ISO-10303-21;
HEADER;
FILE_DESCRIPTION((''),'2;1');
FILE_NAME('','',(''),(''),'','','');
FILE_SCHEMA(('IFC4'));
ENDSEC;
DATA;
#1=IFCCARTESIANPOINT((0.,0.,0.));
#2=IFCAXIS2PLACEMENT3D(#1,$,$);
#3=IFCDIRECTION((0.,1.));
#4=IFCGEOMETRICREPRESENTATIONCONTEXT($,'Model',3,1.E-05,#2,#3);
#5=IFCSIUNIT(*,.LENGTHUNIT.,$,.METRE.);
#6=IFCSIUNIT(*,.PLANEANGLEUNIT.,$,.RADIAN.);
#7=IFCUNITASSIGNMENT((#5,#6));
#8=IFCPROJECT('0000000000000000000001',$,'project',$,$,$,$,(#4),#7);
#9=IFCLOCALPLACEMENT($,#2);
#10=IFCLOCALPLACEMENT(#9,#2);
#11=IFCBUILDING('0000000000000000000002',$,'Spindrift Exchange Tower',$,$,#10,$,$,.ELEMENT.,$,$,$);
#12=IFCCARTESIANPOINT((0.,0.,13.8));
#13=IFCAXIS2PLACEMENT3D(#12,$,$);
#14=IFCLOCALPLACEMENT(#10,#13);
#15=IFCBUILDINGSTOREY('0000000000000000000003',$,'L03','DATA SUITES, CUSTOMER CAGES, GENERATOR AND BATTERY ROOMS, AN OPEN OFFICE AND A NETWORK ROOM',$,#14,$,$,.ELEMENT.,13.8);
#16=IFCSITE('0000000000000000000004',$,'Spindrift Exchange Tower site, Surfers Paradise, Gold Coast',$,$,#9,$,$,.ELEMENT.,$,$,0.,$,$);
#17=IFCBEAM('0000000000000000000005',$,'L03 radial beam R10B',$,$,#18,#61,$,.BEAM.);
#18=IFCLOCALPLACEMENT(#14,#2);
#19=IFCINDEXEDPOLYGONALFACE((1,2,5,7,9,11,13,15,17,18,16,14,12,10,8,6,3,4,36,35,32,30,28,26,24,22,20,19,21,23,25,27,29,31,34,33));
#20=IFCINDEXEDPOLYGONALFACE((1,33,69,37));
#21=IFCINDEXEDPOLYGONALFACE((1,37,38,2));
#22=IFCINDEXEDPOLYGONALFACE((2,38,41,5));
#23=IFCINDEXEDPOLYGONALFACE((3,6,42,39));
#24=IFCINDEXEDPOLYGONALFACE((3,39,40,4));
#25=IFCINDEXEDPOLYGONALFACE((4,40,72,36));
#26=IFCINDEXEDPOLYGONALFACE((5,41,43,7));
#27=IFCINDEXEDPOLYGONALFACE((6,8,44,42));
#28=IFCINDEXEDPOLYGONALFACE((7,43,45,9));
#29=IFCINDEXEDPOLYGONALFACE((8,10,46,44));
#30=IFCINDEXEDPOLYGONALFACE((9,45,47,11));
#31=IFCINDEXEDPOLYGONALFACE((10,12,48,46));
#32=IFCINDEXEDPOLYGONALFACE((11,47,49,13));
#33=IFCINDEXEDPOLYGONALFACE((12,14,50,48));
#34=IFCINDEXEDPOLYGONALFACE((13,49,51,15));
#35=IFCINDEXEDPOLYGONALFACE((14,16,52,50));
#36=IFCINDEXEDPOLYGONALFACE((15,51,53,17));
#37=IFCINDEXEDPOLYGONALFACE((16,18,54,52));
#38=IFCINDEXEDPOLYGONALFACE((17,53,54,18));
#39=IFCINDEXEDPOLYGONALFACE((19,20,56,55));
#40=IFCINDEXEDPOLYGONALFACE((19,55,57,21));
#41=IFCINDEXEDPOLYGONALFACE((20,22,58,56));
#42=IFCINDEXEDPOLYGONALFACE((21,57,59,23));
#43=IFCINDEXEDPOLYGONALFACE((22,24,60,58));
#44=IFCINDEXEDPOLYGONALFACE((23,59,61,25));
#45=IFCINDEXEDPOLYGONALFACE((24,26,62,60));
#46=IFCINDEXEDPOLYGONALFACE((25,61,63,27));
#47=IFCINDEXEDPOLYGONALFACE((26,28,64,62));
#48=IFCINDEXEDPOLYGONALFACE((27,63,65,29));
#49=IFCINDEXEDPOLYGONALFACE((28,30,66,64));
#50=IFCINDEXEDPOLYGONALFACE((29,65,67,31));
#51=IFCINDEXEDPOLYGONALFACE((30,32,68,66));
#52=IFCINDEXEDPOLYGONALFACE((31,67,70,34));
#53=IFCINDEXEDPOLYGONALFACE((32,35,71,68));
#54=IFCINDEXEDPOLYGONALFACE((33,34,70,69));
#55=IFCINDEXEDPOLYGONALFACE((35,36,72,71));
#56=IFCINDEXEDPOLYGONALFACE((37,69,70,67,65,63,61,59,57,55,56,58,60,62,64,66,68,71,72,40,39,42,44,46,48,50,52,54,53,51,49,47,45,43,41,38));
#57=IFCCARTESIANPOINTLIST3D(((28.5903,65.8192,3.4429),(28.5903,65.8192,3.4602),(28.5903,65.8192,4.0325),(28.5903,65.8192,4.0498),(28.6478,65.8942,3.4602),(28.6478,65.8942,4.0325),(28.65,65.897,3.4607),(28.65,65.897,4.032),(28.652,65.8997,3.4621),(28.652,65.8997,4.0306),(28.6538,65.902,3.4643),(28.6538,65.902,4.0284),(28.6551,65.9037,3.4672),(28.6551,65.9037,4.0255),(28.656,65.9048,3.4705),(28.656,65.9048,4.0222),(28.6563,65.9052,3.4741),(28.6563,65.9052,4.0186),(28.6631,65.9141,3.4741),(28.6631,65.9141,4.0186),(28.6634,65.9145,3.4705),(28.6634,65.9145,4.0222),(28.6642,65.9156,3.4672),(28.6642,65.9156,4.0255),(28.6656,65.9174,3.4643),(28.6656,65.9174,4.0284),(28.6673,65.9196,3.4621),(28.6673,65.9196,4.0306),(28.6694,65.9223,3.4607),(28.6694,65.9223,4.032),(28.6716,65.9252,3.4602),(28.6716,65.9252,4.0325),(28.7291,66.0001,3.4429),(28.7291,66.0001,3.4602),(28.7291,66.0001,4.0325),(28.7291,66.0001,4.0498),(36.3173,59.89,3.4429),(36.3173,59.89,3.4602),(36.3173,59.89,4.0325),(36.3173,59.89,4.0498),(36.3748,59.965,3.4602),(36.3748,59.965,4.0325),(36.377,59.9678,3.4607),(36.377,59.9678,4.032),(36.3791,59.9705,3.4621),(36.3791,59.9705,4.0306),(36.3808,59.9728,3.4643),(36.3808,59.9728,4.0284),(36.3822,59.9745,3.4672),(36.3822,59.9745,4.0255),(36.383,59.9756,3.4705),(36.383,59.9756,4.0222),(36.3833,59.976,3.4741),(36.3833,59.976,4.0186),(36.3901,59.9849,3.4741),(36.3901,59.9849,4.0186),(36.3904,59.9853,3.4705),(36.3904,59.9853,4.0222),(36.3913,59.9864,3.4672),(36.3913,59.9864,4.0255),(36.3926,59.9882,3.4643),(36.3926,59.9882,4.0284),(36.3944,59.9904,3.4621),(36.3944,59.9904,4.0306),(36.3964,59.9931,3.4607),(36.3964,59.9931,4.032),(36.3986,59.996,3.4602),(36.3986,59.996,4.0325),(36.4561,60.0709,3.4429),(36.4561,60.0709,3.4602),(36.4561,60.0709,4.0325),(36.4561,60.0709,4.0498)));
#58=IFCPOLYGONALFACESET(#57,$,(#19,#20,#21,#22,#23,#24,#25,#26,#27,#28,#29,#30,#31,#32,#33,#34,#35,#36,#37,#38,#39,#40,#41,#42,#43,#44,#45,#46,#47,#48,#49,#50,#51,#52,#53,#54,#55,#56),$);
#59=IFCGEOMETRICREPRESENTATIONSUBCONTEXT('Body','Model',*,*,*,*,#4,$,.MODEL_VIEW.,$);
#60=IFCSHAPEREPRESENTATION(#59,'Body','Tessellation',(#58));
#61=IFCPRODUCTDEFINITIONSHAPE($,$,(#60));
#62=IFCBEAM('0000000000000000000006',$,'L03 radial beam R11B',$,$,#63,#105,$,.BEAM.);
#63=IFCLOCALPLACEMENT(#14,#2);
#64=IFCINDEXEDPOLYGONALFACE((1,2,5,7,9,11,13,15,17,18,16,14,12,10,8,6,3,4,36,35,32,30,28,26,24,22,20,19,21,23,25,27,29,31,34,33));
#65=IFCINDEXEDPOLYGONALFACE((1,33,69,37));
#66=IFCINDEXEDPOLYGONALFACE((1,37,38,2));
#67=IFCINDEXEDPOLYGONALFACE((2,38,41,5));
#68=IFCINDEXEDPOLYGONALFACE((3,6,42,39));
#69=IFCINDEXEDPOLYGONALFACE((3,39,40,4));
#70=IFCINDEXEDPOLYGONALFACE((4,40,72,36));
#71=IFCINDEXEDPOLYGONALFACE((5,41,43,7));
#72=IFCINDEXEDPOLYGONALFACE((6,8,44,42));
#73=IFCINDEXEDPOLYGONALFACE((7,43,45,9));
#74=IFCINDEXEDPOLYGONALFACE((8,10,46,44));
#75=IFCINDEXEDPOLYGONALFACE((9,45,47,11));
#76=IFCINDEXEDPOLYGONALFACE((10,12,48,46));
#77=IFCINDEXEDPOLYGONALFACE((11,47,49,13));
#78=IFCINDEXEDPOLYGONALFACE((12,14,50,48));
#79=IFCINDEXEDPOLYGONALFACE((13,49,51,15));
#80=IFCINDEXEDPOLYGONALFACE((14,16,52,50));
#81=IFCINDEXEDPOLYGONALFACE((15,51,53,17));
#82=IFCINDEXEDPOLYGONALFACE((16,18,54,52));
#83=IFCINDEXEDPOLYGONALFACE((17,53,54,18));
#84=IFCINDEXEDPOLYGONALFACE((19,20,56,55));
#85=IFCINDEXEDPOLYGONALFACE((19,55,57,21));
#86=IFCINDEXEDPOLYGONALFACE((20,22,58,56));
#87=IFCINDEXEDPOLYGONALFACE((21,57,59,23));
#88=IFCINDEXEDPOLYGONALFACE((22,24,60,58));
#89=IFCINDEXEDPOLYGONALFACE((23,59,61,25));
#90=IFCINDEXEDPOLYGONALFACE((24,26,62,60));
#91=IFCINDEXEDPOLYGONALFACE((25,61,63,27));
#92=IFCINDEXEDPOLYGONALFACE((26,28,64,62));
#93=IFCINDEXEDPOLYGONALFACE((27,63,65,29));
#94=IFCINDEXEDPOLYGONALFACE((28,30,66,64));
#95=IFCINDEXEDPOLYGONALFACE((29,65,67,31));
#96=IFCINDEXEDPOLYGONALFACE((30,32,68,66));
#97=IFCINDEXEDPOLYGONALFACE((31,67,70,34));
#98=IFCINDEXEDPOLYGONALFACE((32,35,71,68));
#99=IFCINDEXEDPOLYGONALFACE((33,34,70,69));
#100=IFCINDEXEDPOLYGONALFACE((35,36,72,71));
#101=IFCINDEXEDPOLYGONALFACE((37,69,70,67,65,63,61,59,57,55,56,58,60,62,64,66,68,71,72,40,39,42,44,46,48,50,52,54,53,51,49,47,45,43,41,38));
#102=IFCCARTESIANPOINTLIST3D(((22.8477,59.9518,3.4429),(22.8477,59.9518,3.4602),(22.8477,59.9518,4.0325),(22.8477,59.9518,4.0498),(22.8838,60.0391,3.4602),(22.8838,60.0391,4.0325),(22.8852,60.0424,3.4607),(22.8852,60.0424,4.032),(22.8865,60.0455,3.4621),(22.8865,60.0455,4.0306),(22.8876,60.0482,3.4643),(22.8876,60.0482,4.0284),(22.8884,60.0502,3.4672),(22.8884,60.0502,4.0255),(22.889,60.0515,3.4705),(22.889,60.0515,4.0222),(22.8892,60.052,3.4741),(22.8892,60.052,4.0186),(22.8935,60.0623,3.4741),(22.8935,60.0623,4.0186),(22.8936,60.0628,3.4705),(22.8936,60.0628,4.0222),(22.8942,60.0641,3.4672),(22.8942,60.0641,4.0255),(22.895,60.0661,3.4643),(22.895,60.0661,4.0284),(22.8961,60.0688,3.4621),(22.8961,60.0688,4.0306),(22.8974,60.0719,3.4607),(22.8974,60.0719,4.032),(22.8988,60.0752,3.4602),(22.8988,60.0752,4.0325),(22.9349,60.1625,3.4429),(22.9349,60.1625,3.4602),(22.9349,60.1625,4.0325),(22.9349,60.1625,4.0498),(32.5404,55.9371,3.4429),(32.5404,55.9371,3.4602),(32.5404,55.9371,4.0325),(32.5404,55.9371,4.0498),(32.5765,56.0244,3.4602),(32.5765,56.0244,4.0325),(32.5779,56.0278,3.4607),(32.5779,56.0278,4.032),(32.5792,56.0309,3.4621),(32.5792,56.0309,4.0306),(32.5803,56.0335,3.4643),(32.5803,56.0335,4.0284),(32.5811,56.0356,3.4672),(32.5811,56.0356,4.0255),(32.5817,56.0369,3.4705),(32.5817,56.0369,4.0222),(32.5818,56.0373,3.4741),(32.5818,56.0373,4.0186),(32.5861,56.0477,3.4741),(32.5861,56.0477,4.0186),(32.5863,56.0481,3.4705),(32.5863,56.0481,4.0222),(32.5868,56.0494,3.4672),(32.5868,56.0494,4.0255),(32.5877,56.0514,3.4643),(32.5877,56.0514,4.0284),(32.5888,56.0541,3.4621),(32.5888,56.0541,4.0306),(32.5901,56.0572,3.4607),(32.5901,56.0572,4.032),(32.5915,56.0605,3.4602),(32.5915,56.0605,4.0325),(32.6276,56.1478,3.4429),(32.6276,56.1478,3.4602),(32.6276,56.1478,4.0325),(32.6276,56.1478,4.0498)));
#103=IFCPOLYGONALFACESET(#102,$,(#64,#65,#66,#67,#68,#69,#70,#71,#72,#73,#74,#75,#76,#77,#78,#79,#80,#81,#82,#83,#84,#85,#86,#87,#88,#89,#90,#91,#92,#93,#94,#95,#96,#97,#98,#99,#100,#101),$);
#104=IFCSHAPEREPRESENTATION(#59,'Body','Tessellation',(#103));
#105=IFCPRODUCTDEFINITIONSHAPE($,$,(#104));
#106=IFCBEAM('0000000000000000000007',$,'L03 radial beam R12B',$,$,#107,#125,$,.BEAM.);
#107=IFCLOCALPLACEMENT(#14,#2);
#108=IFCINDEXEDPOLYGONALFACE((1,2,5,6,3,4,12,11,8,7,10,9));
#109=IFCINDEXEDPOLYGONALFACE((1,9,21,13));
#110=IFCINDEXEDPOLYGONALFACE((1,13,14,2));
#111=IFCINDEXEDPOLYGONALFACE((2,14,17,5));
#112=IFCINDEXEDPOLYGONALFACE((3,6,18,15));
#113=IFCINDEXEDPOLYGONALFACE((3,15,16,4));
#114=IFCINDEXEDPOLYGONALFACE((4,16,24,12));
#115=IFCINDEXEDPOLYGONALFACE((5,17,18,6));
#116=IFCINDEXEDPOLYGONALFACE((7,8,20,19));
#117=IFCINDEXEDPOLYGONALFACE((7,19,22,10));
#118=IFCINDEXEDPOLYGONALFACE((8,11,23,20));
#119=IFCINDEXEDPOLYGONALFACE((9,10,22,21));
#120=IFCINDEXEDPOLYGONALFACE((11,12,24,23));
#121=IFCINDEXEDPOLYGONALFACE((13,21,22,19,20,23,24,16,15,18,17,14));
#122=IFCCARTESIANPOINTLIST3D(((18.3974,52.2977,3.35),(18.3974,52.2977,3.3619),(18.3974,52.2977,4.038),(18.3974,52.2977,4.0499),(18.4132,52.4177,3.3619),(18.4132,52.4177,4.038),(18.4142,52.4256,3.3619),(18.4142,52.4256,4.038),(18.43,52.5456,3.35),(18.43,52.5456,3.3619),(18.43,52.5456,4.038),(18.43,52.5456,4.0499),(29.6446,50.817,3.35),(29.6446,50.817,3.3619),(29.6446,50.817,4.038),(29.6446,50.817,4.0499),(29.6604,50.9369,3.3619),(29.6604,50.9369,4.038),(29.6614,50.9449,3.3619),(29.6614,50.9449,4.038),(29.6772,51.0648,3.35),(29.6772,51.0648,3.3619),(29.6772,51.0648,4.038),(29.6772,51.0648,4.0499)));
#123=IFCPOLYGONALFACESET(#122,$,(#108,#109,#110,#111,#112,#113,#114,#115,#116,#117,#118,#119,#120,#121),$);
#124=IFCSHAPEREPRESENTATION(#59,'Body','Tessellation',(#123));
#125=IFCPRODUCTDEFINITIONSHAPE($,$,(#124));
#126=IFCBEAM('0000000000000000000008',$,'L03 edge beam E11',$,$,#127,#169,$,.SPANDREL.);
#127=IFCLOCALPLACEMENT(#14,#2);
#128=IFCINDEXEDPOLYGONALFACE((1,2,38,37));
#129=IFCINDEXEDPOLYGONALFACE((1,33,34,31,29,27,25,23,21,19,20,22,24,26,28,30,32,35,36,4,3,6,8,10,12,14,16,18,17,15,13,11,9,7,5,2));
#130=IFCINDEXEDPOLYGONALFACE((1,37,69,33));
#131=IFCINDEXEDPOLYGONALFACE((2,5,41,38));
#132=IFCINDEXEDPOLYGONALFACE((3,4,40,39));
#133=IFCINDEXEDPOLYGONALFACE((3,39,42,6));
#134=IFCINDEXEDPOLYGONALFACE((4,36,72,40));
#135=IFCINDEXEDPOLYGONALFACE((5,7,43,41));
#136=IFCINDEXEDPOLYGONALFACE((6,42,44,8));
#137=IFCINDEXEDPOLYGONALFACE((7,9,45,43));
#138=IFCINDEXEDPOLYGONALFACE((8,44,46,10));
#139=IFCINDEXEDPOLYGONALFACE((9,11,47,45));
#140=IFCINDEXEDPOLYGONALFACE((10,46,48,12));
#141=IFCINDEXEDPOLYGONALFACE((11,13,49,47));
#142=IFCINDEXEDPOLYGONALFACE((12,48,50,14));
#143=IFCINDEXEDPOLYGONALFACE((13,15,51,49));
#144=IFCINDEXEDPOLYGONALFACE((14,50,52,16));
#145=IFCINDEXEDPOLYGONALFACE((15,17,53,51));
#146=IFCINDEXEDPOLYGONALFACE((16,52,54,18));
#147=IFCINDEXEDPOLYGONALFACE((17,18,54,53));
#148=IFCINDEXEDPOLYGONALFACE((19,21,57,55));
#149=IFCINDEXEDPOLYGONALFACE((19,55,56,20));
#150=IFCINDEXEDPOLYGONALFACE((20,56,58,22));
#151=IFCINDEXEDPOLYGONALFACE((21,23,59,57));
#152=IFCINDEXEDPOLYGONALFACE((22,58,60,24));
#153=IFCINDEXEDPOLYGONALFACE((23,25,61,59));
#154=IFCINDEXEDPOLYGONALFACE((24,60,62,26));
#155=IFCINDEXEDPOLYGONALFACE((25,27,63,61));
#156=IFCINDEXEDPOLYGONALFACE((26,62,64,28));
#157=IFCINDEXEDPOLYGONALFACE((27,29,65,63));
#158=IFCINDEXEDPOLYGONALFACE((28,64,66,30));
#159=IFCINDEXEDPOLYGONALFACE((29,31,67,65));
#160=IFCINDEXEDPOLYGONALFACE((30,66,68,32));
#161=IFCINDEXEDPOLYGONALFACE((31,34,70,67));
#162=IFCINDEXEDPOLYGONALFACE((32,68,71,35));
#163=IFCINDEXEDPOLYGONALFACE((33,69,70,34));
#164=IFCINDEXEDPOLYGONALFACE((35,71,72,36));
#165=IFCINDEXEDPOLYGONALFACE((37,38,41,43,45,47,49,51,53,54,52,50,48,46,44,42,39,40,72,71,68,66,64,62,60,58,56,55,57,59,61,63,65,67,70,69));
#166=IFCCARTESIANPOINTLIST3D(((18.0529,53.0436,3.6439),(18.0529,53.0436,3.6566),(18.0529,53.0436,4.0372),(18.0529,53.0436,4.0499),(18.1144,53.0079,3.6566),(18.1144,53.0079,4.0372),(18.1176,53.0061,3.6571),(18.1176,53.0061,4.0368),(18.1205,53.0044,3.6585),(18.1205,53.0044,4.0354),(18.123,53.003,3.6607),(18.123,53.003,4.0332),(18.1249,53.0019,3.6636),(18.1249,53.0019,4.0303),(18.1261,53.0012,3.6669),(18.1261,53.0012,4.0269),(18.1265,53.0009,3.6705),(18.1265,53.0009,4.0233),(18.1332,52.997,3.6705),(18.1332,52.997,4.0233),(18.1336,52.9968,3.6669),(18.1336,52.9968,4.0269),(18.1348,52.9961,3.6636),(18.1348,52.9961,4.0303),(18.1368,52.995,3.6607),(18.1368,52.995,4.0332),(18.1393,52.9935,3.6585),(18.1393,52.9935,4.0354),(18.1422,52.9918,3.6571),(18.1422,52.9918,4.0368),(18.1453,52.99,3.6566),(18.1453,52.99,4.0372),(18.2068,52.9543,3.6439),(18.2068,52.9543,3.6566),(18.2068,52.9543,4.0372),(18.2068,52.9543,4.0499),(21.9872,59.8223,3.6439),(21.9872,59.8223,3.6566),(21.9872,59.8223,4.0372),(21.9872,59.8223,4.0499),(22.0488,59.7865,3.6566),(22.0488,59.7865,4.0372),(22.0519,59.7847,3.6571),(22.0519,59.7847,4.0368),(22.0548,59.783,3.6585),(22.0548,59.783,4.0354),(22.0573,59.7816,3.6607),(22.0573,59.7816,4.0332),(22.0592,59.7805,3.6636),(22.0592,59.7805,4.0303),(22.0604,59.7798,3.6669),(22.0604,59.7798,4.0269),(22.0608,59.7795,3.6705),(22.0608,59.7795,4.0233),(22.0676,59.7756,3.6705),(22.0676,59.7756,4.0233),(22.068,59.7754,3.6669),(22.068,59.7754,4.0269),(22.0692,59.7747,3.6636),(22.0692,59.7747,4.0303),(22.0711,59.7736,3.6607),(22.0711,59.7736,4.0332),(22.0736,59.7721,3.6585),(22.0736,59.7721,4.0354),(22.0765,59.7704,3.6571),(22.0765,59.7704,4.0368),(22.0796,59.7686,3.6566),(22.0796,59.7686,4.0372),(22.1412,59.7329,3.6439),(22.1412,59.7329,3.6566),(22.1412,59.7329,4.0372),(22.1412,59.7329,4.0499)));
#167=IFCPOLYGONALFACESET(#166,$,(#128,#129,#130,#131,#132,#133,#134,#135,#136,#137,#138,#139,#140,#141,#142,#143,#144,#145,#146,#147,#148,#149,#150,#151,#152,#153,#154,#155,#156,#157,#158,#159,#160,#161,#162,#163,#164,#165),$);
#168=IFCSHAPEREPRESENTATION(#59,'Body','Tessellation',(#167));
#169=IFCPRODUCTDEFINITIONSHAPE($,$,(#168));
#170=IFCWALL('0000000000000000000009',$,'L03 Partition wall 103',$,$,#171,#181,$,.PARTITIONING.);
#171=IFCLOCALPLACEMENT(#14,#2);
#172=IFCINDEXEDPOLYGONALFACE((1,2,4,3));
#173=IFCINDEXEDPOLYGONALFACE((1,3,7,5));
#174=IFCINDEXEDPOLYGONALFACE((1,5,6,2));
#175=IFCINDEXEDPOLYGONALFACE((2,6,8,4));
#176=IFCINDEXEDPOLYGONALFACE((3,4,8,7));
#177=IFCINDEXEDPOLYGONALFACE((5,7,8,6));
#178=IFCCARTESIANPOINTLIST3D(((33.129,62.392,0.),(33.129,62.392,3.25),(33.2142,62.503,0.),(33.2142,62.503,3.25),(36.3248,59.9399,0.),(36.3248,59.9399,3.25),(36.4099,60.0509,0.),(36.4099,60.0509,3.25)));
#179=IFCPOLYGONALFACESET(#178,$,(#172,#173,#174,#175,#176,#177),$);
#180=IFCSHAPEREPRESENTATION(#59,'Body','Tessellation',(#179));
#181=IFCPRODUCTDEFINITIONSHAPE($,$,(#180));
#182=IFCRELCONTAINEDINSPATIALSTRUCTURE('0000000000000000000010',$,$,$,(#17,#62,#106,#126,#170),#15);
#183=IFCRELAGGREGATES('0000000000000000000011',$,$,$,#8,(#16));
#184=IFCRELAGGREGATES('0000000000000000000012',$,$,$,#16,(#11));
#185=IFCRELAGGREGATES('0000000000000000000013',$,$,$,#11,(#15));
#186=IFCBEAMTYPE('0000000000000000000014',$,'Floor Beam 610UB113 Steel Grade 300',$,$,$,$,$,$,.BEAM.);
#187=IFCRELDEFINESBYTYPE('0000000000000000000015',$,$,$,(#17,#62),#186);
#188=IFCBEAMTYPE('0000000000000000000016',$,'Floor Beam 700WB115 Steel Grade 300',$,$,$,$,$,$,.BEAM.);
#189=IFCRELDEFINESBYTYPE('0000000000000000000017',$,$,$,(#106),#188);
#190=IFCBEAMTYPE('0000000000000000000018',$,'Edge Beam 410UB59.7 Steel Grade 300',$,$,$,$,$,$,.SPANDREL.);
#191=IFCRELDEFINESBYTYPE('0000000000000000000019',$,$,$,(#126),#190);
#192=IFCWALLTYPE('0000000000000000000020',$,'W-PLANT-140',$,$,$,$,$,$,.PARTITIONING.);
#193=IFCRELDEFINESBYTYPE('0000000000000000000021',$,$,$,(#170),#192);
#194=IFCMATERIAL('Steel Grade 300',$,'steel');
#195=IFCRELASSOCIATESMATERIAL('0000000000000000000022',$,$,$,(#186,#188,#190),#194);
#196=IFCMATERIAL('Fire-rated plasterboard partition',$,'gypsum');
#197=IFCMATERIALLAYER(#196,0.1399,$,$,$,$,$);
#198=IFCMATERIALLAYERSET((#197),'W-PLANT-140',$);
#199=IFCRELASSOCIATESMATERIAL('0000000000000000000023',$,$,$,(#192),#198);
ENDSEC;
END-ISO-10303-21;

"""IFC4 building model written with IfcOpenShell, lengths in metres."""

from ifc_helpers import new_model, si_unit, direction, frame, frame_2d, origin, origin_2d, place, context, subcontext, project, spatial, rectangle, i_section, extrude, source, transform, mapped, material, layer, layer_set, material_profile, profile_set, type_object, element, save


model = new_model("IFC4")

# Units and contexts
model_context = context("Model", 3, precision=1e-05, world=origin(), true_north=direction((0.0, 1.0)))
body_context = subcontext(model_context, "Body", "Model", "MODEL_VIEW")
ifc_project = project(units=[si_unit("LENGTHUNIT", "METRE"), si_unit("PLANEANGLEUNIT", "RADIAN")], contexts=[model_context])

# Site, building, storey
site_placement = place(None, origin())
site = spatial("IfcSite", under=ifc_project, at=site_placement, Name="Spindrift Exchange Tower site, Surfers Paradise, Gold Coast", CompositionType="ELEMENT", RefElevation=0.0)
building_placement = place(site_placement, origin())
building = spatial("IfcBuilding", under=site, at=building_placement, Name="Spindrift Exchange Tower", CompositionType="ELEMENT")
storey_placement = place(building_placement, frame((0.0, 0.0, 13.8)))
storey = spatial("IfcBuildingStorey", under=building, at=storey_placement, Name="L03", Description="DATA SUITES, CUSTOMER CAGES, GENERATOR AND BATTERY ROOMS, AN OPEN OFFICE AND A NETWORK ROOM", CompositionType="ELEMENT", Elevation=13.8)

# Beams
ifc_material_1 = material(Name="Steel Grade 300", Category="steel")
ifc_material_profile_1 = material_profile(ifc_material_1, i_section(OverallWidth=0.228, OverallDepth=0.6069, WebThickness=0.0112, FlangeThickness=0.0173, FilletRadius=0.0139, at=origin_2d()), Name="610UB113")
ifc_profile_set_1 = profile_set([ifc_material_profile_1], Name="Steel Grade 300")
beam_type_1 = type_object("IfcBeamType", Name="Floor Beam 610UB113 Steel Grade 300", PredefinedType="BEAM", material=ifc_profile_set_1)
shared_shape_1 = source(origin(), body_context, "Body", "SweptSolid", [
    extrude(i_section(OverallWidth=0.228, OverallDepth=0.6069, WebThickness=0.0112, FlangeThickness=0.0173, FilletRadius=0.0139, at=origin_2d()), origin(), (0.0, 0.0, 1.0), 9.7397),
])
beam_1_placement = place(storey_placement, frame((36.3867, 59.9805, 3.7463), z_axis=(-0.793352, 0.608763, 0.0), x_axis=(-0.608763, -0.793352, 0.0)))
element("IfcBeam", 1, at=beam_1_placement, inside=storey, type_object=beam_type_1, Name="L03 radial beam R10B", PredefinedType="BEAM", context=body_context, shape_type="MappedRepresentation", body=[
    mapped(shared_shape_1, transform((0.0, 0.0, 0.0), scale=1.0)),
])
shared_shape_2 = source(origin(), body_context, "Body", "SweptSolid", [
    extrude(i_section(OverallWidth=0.228, OverallDepth=0.6069, WebThickness=0.0112, FlangeThickness=0.0173, FilletRadius=0.0139, at=origin_2d()), origin(), (0.0, 0.0, 1.0), 10.4912),
])
beam_2_placement = place(storey_placement, frame((32.584, 56.0425, 3.7463), z_axis=(-0.923885, 0.38267, 0.0), x_axis=(-0.38267, -0.923885, 0.0)))
element("IfcBeam", 2, at=beam_2_placement, inside=storey, type_object=beam_type_1, Name="L03 radial beam R11B", PredefinedType="BEAM", context=body_context, shape_type="MappedRepresentation", body=[
    mapped(shared_shape_2, transform((0.0, 0.0, 0.0), scale=1.0)),
])
ifc_material_profile_2 = material_profile(ifc_material_1, i_section(OverallWidth=0.25, OverallDepth=0.7, WebThickness=0.0081, FlangeThickness=0.012, at=origin_2d()), Name="700WB115")
ifc_profile_set_2 = profile_set([ifc_material_profile_2], Name="Steel Grade 300")
beam_type_2 = type_object("IfcBeamType", Name="Floor Beam 700WB115 Steel Grade 300", PredefinedType="BEAM", material=ifc_profile_set_2)
shared_shape_3 = source(origin(), body_context, "Body", "SweptSolid", [
    extrude(i_section(OverallWidth=0.25, OverallDepth=0.7, WebThickness=0.0081, FlangeThickness=0.012, at=origin_2d()), origin(), (0.0, 0.0, 1.0), 11.3442),
])
beam_3_placement = place(storey_placement, frame((29.6609, 50.9409, 3.7), z_axis=(-0.991445, 0.130527, 0.0), x_axis=(-0.130527, -0.991445, 0.0)))
element("IfcBeam", 3, at=beam_3_placement, inside=storey, type_object=beam_type_2, Name="L03 radial beam R12B", PredefinedType="BEAM", context=body_context, shape_type="MappedRepresentation", body=[
    mapped(shared_shape_3, transform((0.0, 0.0, 0.0), scale=1.0)),
])
ifc_material_profile_3 = material_profile(ifc_material_1, i_section(OverallWidth=0.178, OverallDepth=0.406, WebThickness=0.0078, FlangeThickness=0.0127, FilletRadius=0.0139, at=origin_2d()), Name="410UB59.7")
ifc_profile_set_3 = profile_set([ifc_material_profile_3], Name="Steel Grade 300")
beam_type_3 = type_object("IfcBeamType", Name="Edge Beam 410UB59.7 Steel Grade 300", PredefinedType="SPANDREL", material=ifc_profile_set_3)
shared_shape_4 = source(origin(), body_context, "Body", "SweptSolid", [
    extrude(i_section(OverallWidth=0.178, OverallDepth=0.406, WebThickness=0.0078, FlangeThickness=0.0127, FilletRadius=0.0139, at=origin_2d()), origin(), (0.0, 0.0, 1.0), 7.8376),
])
beam_4_placement = place(storey_placement, frame((22.0642, 59.7776, 3.8469), z_axis=(-0.501981, -0.864878, 0.0), x_axis=(0.864878, -0.501981, 0.0)))
element("IfcBeam", 4, at=beam_4_placement, inside=storey, type_object=beam_type_3, Name="L03 edge beam E11", PredefinedType="SPANDREL", context=body_context, shape_type="MappedRepresentation", body=[
    mapped(shared_shape_4, transform((0.0, 0.0, 0.0), scale=1.0)),
])

# Wall
ifc_material_2 = material(Name="Fire-rated plasterboard partition", Category="gypsum")
ifc_layer = layer(ifc_material_2, 0.1399)
ifc_layer_set = layer_set([ifc_layer], Name="W-PLANT-140")
wall_type = type_object("IfcWallType", Name="W-PLANT-140", PredefinedType="PARTITIONING", material=ifc_layer_set)
wall_placement = place(storey_placement, frame((36.3674, 59.9954, 0.0), z_axis=(0.0, 0.0, 1.0), x_axis=(-0.793362, 0.60875, 0.0)))
element("IfcWall", 5, at=wall_placement, inside=storey, type_object=wall_type, Name="L03 Partition wall 103", PredefinedType="PARTITIONING", context=body_context, shape_type="SweptSolid", body=[
    extrude(rectangle(XDim=4.0281, YDim=0.1399, at=frame_2d((2.0142, 0.0))), origin(), (0.0, 0.0, 1.0), 3.25),
])

save(model, "model.ifc")
